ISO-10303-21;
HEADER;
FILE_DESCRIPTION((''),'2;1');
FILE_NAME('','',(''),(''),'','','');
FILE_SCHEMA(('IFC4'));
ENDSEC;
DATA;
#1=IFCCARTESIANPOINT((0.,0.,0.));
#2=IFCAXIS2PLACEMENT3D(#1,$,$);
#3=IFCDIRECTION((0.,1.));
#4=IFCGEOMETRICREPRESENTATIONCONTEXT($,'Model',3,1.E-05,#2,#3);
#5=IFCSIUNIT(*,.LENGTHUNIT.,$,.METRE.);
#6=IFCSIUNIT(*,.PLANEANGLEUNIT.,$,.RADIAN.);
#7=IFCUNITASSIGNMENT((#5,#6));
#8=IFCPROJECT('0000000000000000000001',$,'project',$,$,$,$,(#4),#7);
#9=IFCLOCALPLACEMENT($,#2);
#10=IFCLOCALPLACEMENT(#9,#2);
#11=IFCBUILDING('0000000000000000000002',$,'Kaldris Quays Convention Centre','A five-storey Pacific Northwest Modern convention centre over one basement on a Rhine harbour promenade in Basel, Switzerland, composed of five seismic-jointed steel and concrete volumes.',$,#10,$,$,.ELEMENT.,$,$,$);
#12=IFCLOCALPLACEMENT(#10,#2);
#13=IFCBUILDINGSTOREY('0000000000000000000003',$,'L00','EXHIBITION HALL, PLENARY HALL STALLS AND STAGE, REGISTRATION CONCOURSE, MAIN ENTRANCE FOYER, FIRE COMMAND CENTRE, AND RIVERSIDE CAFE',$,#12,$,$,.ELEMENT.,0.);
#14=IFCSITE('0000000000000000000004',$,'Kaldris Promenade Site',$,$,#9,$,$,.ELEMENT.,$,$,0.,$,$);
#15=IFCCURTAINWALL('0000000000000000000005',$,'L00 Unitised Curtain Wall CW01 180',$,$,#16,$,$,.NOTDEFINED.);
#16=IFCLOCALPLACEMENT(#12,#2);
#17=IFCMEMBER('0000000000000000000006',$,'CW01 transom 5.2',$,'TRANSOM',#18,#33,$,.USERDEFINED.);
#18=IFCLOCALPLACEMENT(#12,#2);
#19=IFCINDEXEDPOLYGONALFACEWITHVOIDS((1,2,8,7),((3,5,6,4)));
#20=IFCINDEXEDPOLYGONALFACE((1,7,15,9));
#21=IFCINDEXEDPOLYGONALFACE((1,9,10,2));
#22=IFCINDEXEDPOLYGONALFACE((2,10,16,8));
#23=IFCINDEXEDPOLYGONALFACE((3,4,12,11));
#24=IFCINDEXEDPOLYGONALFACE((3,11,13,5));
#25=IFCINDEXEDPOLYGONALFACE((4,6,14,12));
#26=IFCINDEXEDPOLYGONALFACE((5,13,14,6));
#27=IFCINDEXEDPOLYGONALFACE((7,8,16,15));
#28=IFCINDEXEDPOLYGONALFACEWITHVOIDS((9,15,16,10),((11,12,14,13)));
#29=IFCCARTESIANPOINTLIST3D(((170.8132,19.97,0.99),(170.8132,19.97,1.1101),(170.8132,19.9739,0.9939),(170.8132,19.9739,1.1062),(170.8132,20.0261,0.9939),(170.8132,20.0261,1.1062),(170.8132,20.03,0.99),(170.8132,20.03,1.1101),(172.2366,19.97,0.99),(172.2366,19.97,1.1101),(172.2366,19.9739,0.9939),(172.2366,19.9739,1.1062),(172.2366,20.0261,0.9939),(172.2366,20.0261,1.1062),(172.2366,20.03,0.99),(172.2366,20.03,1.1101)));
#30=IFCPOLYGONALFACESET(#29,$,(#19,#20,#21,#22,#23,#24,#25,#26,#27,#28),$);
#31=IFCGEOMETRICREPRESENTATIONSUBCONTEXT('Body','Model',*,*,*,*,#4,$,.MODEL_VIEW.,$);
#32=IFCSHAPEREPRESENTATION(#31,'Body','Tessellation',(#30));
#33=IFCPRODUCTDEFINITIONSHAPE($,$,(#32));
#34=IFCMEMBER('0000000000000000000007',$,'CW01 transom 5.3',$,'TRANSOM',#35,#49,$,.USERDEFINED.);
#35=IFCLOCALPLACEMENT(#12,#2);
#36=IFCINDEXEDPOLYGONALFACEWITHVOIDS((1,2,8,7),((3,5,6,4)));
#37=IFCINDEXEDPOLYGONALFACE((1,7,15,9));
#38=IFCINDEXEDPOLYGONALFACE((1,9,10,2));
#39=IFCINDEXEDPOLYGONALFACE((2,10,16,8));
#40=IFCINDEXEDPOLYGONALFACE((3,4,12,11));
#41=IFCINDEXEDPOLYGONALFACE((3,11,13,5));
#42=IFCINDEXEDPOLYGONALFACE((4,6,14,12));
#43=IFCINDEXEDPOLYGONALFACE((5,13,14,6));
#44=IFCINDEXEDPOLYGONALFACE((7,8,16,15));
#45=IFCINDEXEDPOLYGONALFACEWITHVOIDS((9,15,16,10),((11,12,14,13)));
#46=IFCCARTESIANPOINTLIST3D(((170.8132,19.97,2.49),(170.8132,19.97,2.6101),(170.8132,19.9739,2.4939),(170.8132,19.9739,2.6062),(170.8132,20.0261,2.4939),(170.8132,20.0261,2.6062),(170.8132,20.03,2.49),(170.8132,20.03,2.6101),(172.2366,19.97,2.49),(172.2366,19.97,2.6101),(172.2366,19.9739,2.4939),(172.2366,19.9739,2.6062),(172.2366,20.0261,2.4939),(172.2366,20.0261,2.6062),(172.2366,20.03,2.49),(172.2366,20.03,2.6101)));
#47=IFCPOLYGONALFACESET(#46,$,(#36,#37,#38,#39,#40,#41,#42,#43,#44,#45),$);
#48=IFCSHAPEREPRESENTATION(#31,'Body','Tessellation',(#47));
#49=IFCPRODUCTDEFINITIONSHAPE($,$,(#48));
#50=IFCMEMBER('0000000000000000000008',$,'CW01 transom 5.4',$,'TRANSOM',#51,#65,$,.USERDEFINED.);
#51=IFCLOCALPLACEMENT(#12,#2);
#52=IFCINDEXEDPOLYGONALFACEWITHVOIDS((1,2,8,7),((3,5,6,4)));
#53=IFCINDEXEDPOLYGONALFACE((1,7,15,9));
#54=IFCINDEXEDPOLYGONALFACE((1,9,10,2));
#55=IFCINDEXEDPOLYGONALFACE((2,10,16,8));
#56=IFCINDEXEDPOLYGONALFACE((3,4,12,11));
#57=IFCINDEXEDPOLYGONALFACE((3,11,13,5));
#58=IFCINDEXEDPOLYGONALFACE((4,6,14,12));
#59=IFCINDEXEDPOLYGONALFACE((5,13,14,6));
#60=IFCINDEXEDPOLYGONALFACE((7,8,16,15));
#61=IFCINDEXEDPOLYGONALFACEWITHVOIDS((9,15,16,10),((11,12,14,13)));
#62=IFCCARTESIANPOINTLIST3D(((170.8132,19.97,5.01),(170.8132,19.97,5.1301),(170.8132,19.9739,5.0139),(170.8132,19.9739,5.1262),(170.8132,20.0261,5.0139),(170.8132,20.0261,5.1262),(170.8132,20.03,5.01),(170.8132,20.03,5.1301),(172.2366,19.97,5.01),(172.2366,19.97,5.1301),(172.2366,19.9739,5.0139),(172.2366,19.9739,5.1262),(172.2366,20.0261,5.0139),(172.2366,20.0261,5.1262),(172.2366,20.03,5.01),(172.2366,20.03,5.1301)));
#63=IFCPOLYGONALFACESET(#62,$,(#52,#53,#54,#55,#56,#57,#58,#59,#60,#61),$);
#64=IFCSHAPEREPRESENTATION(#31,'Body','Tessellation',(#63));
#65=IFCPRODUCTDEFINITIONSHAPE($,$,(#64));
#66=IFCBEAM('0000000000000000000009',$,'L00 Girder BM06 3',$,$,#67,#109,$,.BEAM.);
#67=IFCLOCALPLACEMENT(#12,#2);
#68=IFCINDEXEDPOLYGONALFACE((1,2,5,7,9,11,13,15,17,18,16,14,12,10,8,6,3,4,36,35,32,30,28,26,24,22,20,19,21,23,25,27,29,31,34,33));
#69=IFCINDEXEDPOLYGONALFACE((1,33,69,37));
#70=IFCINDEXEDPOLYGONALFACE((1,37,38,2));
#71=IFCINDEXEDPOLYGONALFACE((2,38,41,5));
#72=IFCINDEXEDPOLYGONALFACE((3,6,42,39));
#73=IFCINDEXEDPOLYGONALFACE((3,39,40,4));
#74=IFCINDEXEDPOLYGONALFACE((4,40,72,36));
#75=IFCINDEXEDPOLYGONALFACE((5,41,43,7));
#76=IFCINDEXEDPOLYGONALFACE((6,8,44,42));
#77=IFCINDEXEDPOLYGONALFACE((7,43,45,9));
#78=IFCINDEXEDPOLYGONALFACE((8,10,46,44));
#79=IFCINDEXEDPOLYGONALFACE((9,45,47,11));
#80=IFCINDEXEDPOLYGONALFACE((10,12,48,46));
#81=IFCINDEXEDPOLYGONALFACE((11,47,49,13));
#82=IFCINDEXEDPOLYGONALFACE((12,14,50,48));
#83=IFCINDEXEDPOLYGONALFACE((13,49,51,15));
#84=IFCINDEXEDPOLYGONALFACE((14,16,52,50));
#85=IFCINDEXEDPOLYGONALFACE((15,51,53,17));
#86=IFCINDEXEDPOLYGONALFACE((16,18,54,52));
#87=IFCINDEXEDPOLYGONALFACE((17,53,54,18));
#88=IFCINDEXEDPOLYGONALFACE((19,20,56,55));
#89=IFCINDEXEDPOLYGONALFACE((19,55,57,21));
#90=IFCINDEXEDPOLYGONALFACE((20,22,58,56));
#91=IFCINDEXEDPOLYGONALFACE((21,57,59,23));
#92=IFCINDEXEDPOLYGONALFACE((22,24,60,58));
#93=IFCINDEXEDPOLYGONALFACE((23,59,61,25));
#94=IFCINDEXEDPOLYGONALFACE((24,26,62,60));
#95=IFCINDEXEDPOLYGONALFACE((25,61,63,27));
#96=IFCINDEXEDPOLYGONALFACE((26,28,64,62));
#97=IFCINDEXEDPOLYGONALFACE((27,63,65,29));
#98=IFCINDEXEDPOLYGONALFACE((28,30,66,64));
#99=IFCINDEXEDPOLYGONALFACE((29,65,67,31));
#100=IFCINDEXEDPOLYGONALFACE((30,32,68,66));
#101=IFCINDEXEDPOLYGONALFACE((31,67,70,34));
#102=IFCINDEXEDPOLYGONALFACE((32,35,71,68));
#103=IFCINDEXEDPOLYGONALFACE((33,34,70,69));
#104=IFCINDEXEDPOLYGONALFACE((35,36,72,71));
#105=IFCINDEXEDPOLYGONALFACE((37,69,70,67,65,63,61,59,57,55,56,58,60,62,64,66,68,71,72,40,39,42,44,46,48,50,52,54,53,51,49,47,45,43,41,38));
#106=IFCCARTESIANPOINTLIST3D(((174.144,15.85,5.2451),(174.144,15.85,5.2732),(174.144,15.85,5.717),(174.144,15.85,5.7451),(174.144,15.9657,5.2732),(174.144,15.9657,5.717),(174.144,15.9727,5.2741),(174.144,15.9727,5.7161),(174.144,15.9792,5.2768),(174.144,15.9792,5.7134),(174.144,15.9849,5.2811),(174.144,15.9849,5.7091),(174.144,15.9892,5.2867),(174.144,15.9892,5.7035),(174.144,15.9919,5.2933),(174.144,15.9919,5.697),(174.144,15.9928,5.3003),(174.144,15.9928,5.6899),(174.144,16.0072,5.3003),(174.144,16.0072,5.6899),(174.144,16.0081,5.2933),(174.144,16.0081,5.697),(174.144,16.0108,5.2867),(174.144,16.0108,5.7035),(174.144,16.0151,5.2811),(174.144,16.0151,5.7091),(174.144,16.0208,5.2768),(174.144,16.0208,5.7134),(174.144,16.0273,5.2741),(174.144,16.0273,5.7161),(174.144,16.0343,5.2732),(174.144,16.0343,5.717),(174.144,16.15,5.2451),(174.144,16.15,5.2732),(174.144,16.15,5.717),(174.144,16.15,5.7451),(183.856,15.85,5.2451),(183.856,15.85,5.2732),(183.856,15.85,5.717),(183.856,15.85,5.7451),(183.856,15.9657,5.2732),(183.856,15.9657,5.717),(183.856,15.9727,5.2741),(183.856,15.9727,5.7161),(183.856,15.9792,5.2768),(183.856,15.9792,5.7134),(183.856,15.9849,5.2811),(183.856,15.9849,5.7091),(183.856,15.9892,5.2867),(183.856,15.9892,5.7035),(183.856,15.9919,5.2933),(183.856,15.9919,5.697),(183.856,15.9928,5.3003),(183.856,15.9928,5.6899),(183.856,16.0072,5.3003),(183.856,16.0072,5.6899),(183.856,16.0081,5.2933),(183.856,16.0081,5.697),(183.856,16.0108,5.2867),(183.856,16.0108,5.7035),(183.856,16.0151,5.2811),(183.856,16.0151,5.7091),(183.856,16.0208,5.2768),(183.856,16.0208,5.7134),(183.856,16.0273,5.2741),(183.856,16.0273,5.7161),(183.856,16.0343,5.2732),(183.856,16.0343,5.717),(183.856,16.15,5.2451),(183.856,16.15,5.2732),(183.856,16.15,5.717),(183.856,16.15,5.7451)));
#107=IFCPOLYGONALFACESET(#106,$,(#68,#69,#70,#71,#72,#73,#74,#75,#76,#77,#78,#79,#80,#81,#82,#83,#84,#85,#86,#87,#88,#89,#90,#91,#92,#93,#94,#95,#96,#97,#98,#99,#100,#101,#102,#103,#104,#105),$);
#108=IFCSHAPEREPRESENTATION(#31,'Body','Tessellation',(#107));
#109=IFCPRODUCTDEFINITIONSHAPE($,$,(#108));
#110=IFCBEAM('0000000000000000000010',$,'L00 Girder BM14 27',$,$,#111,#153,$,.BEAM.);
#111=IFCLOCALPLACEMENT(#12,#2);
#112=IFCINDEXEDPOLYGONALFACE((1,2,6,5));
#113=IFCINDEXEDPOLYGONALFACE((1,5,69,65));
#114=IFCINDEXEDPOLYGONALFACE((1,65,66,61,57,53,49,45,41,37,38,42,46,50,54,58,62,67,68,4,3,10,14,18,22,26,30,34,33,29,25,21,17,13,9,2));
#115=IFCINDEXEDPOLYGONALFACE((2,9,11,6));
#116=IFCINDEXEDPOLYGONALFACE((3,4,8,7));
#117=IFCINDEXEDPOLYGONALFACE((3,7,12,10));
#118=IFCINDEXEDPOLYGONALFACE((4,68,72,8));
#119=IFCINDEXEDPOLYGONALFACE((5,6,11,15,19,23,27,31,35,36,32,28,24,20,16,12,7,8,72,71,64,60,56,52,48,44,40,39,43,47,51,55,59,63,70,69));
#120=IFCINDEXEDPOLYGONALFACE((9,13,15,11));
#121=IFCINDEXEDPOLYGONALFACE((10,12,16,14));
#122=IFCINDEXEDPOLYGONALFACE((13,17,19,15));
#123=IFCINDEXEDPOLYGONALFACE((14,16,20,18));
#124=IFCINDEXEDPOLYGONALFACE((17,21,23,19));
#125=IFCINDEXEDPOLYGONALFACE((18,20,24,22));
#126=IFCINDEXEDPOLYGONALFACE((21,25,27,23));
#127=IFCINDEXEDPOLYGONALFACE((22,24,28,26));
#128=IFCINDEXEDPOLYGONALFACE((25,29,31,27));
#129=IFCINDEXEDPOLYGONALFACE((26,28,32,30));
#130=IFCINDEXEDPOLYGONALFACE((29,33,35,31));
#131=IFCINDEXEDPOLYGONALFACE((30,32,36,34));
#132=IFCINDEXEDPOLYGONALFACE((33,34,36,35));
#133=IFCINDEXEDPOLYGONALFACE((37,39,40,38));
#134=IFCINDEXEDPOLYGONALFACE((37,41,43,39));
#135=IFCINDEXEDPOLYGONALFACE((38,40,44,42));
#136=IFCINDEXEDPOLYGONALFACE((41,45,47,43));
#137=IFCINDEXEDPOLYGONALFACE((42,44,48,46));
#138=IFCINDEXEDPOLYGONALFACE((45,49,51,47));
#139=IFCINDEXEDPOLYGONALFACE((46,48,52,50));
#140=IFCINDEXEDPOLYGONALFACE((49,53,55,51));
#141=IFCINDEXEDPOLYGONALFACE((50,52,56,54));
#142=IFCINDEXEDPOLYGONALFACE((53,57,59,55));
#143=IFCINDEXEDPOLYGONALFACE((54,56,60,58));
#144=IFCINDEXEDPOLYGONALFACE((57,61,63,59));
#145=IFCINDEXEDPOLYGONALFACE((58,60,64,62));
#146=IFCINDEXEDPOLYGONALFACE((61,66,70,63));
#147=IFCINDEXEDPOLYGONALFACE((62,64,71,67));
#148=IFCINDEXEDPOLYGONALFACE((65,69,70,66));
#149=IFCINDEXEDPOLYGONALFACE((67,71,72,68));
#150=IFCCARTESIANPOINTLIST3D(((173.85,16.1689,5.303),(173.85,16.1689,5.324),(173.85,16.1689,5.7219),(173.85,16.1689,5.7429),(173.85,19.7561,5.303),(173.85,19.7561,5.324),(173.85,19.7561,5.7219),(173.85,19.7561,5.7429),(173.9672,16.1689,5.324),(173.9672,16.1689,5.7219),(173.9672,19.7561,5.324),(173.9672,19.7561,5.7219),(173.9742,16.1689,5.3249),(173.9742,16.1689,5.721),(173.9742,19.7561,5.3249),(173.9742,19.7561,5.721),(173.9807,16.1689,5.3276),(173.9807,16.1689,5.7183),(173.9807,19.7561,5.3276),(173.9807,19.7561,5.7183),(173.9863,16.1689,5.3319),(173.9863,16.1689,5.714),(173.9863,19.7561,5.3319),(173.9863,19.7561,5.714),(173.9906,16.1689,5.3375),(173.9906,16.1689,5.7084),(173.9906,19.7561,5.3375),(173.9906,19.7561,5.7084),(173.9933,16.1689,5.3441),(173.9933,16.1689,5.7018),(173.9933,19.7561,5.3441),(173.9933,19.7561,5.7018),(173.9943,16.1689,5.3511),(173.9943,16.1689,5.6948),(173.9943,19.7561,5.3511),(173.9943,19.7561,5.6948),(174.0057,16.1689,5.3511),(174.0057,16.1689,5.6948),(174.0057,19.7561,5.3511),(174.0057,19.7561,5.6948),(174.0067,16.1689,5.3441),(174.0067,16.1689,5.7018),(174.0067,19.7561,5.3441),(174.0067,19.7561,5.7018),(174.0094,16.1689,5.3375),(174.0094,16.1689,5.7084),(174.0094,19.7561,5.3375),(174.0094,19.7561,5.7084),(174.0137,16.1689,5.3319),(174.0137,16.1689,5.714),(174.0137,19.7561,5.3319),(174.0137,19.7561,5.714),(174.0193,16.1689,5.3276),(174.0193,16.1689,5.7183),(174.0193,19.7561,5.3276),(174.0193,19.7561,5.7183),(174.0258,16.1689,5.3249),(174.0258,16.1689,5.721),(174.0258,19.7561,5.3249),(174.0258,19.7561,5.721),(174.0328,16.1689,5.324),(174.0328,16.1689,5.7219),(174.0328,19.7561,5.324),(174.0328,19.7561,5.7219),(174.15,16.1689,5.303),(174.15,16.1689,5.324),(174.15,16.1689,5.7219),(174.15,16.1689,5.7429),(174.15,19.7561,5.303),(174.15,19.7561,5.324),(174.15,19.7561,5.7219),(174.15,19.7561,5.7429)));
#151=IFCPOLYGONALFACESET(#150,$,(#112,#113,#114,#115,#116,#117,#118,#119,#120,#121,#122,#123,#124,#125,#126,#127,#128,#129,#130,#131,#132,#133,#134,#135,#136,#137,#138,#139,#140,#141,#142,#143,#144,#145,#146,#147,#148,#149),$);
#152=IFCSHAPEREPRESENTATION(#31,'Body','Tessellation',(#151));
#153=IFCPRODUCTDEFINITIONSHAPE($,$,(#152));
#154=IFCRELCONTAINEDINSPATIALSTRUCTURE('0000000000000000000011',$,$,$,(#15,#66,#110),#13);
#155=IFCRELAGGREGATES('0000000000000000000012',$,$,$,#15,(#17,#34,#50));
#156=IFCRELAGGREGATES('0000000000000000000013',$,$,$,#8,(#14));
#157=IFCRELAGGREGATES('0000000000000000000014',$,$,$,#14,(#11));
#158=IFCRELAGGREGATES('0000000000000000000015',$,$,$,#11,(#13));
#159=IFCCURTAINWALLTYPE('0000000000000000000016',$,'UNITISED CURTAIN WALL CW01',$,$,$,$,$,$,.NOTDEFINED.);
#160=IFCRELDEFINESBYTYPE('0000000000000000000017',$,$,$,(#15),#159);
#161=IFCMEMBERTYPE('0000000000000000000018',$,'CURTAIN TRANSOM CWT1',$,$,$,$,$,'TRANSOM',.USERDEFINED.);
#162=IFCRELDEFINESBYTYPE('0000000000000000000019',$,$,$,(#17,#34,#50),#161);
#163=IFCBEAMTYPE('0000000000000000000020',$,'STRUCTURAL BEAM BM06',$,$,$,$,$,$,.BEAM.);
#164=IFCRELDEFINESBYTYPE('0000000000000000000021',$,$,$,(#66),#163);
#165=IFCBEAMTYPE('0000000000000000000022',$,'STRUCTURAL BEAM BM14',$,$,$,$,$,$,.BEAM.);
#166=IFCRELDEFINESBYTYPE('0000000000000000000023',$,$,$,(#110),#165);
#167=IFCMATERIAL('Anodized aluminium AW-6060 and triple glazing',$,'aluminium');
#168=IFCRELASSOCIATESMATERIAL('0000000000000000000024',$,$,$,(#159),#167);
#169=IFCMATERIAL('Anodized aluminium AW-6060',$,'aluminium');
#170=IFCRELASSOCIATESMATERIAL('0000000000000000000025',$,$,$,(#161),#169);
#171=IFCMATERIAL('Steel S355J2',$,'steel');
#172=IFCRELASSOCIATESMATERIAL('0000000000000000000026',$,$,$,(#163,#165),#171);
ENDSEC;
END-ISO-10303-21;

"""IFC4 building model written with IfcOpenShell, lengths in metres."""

from ifc_helpers import new_model, si_unit, direction, frame, origin, origin_2d, place, context, subcontext, project, spatial, hollow_rectangle, i_section, extrude, material, material_profile, profile_set, type_object, element, aggregate, save


model = new_model("IFC4")

# Units and contexts
model_context = context("Model", 3, precision=1e-05, world=origin(), true_north=direction((0.0, 1.0)))
body_context = subcontext(model_context, "Body", "Model", "MODEL_VIEW")
ifc_project = project(units=[si_unit("LENGTHUNIT", "METRE"), si_unit("PLANEANGLEUNIT", "RADIAN")], contexts=[model_context])

# Site, building, storey
site_placement = place(None, origin())
site = spatial("IfcSite", under=ifc_project, at=site_placement, Name="Kaldris Promenade Site", CompositionType="ELEMENT", RefElevation=0.0)
building_placement = place(site_placement, origin())
building = spatial("IfcBuilding", under=site, at=building_placement, Name="Kaldris Quays Convention Centre", Description="A five-storey Pacific Northwest Modern convention centre over one basement on a Rhine harbour promenade in Basel, Switzerland, composed of five seismic-jointed steel and concrete volumes.", CompositionType="ELEMENT")
storey_placement = place(building_placement, origin())
storey = spatial("IfcBuildingStorey", under=building, at=storey_placement, Name="L00", Description="EXHIBITION HALL, PLENARY HALL STALLS AND STAGE, REGISTRATION CONCOURSE, MAIN ENTRANCE FOYER, FIRE COMMAND CENTRE, AND RIVERSIDE CAFE", CompositionType="ELEMENT", Elevation=0.0)

# Shared definitions
ifc_material_1 = material(Name="Steel S355J2", Category="steel")

# Curtain wall, members
ifc_material_2 = material(Name="Anodized aluminium AW-6060 and triple glazing", Category="aluminium")
curtain_wall_type = type_object("IfcCurtainWallType", Name="UNITISED CURTAIN WALL CW01", PredefinedType="NOTDEFINED", material=ifc_material_2)
curtain_wall_placement = place(storey_placement, origin())
curtain_wall = element("IfcCurtainWall", 1, at=curtain_wall_placement, inside=storey, type_object=curtain_wall_type, Name="L00 Unitised Curtain Wall CW01 180", PredefinedType="NOTDEFINED")
ifc_material_3 = material(Name="Anodized aluminium AW-6060", Category="aluminium")
ifc_material_profile_1 = material_profile(ifc_material_3, hollow_rectangle(XDim=0.0601, YDim=0.1201, WallThickness=0.0039, at=origin_2d()), Name="RHS 120x60x4")
ifc_profile_set_1 = profile_set([ifc_material_profile_1], Name="Anodized aluminium AW-6060")
member_type_1 = type_object("IfcMemberType", Name="CURTAIN TRANSOM CWT1", ElementType="TRANSOM", PredefinedType="USERDEFINED", material=ifc_profile_set_1)
member_1_placement = place(storey_placement, frame((170.8132, 20.0, 1.05), z_axis=(1.0, 0.0, 0.0), x_axis=(0.0, 1.0, 0.0)))
member_1 = element("IfcMember", 2, at=member_1_placement, type_object=member_type_1, Name="CW01 transom 5.2", ObjectType="TRANSOM", PredefinedType="USERDEFINED", context=body_context, shape_type="SweptSolid", body=[
    extrude(hollow_rectangle(XDim=0.0601, YDim=0.1201, WallThickness=0.0039, at=origin_2d()), origin(), (0.0, 0.0, 1.0), 1.4233),
])
member_2_placement = place(storey_placement, frame((170.8132, 20.0, 2.55), z_axis=(1.0, 0.0, 0.0), x_axis=(0.0, 1.0, 0.0)))
member_2 = element("IfcMember", 3, at=member_2_placement, type_object=member_type_1, Name="CW01 transom 5.3", ObjectType="TRANSOM", PredefinedType="USERDEFINED", context=body_context, shape_type="SweptSolid", body=[
    extrude(hollow_rectangle(XDim=0.0601, YDim=0.1201, WallThickness=0.0039, at=origin_2d()), origin(), (0.0, 0.0, 1.0), 1.4233),
])
member_3_placement = place(storey_placement, frame((170.8132, 20.0, 5.0701), z_axis=(1.0, 0.0, 0.0), x_axis=(0.0, 1.0, 0.0)))
member_3 = element("IfcMember", 4, at=member_3_placement, type_object=member_type_1, Name="CW01 transom 5.4", ObjectType="TRANSOM", PredefinedType="USERDEFINED", context=body_context, shape_type="SweptSolid", body=[
    extrude(hollow_rectangle(XDim=0.0601, YDim=0.1201, WallThickness=0.0039, at=origin_2d()), origin(), (0.0, 0.0, 1.0), 1.4233),
])

# Beams
ifc_material_profile_2 = material_profile(ifc_material_1, i_section(OverallWidth=0.3, OverallDepth=0.5, WebThickness=0.0144, FlangeThickness=0.0281, FilletRadius=0.0271, at=origin_2d()), Name="HEB 500")
ifc_profile_set_2 = profile_set([ifc_material_profile_2], Name="Steel S355J2")
beam_type_1 = type_object("IfcBeamType", Name="STRUCTURAL BEAM BM06", PredefinedType="BEAM", material=ifc_profile_set_2)
beam_1_placement = place(storey_placement, frame((174.144, 16.0, 5.4951), z_axis=(1.0, 0.0, 0.0), x_axis=(0.0, 1.0, 0.0)))
element("IfcBeam", 5, at=beam_1_placement, inside=storey, type_object=beam_type_1, Name="L00 Girder BM06 3", PredefinedType="BEAM", context=body_context, shape_type="SweptSolid", body=[
    extrude(i_section(OverallWidth=0.3, OverallDepth=0.5, WebThickness=0.0144, FlangeThickness=0.0281, FilletRadius=0.0271, at=origin_2d()), origin(), (0.0, 0.0, 1.0), 9.7119),
])
ifc_material_profile_3 = material_profile(ifc_material_1, i_section(OverallWidth=0.3, OverallDepth=0.4399, WebThickness=0.0115, FlangeThickness=0.021, FilletRadius=0.0271, at=origin_2d()), Name="HEA 450")
ifc_profile_set_3 = profile_set([ifc_material_profile_3], Name="Steel S355J2")
beam_type_2 = type_object("IfcBeamType", Name="STRUCTURAL BEAM BM14", PredefinedType="BEAM", material=ifc_profile_set_3)
beam_2_placement = place(storey_placement, frame((174.0, 16.1689, 5.5229), z_axis=(0.0, 1.0, 0.0), x_axis=(-1.0, 0.0, 0.0)))
element("IfcBeam", 6, at=beam_2_placement, inside=storey, type_object=beam_type_2, Name="L00 Girder BM14 27", PredefinedType="BEAM", context=body_context, shape_type="SweptSolid", body=[
    extrude(i_section(OverallWidth=0.3, OverallDepth=0.4399, WebThickness=0.0115, FlangeThickness=0.021, FilletRadius=0.0271, at=origin_2d()), origin(), (0.0, 0.0, 1.0), 3.5872),
])

aggregate(curtain_wall, [member_1, member_2, member_3])

save(model, "model.ifc")
